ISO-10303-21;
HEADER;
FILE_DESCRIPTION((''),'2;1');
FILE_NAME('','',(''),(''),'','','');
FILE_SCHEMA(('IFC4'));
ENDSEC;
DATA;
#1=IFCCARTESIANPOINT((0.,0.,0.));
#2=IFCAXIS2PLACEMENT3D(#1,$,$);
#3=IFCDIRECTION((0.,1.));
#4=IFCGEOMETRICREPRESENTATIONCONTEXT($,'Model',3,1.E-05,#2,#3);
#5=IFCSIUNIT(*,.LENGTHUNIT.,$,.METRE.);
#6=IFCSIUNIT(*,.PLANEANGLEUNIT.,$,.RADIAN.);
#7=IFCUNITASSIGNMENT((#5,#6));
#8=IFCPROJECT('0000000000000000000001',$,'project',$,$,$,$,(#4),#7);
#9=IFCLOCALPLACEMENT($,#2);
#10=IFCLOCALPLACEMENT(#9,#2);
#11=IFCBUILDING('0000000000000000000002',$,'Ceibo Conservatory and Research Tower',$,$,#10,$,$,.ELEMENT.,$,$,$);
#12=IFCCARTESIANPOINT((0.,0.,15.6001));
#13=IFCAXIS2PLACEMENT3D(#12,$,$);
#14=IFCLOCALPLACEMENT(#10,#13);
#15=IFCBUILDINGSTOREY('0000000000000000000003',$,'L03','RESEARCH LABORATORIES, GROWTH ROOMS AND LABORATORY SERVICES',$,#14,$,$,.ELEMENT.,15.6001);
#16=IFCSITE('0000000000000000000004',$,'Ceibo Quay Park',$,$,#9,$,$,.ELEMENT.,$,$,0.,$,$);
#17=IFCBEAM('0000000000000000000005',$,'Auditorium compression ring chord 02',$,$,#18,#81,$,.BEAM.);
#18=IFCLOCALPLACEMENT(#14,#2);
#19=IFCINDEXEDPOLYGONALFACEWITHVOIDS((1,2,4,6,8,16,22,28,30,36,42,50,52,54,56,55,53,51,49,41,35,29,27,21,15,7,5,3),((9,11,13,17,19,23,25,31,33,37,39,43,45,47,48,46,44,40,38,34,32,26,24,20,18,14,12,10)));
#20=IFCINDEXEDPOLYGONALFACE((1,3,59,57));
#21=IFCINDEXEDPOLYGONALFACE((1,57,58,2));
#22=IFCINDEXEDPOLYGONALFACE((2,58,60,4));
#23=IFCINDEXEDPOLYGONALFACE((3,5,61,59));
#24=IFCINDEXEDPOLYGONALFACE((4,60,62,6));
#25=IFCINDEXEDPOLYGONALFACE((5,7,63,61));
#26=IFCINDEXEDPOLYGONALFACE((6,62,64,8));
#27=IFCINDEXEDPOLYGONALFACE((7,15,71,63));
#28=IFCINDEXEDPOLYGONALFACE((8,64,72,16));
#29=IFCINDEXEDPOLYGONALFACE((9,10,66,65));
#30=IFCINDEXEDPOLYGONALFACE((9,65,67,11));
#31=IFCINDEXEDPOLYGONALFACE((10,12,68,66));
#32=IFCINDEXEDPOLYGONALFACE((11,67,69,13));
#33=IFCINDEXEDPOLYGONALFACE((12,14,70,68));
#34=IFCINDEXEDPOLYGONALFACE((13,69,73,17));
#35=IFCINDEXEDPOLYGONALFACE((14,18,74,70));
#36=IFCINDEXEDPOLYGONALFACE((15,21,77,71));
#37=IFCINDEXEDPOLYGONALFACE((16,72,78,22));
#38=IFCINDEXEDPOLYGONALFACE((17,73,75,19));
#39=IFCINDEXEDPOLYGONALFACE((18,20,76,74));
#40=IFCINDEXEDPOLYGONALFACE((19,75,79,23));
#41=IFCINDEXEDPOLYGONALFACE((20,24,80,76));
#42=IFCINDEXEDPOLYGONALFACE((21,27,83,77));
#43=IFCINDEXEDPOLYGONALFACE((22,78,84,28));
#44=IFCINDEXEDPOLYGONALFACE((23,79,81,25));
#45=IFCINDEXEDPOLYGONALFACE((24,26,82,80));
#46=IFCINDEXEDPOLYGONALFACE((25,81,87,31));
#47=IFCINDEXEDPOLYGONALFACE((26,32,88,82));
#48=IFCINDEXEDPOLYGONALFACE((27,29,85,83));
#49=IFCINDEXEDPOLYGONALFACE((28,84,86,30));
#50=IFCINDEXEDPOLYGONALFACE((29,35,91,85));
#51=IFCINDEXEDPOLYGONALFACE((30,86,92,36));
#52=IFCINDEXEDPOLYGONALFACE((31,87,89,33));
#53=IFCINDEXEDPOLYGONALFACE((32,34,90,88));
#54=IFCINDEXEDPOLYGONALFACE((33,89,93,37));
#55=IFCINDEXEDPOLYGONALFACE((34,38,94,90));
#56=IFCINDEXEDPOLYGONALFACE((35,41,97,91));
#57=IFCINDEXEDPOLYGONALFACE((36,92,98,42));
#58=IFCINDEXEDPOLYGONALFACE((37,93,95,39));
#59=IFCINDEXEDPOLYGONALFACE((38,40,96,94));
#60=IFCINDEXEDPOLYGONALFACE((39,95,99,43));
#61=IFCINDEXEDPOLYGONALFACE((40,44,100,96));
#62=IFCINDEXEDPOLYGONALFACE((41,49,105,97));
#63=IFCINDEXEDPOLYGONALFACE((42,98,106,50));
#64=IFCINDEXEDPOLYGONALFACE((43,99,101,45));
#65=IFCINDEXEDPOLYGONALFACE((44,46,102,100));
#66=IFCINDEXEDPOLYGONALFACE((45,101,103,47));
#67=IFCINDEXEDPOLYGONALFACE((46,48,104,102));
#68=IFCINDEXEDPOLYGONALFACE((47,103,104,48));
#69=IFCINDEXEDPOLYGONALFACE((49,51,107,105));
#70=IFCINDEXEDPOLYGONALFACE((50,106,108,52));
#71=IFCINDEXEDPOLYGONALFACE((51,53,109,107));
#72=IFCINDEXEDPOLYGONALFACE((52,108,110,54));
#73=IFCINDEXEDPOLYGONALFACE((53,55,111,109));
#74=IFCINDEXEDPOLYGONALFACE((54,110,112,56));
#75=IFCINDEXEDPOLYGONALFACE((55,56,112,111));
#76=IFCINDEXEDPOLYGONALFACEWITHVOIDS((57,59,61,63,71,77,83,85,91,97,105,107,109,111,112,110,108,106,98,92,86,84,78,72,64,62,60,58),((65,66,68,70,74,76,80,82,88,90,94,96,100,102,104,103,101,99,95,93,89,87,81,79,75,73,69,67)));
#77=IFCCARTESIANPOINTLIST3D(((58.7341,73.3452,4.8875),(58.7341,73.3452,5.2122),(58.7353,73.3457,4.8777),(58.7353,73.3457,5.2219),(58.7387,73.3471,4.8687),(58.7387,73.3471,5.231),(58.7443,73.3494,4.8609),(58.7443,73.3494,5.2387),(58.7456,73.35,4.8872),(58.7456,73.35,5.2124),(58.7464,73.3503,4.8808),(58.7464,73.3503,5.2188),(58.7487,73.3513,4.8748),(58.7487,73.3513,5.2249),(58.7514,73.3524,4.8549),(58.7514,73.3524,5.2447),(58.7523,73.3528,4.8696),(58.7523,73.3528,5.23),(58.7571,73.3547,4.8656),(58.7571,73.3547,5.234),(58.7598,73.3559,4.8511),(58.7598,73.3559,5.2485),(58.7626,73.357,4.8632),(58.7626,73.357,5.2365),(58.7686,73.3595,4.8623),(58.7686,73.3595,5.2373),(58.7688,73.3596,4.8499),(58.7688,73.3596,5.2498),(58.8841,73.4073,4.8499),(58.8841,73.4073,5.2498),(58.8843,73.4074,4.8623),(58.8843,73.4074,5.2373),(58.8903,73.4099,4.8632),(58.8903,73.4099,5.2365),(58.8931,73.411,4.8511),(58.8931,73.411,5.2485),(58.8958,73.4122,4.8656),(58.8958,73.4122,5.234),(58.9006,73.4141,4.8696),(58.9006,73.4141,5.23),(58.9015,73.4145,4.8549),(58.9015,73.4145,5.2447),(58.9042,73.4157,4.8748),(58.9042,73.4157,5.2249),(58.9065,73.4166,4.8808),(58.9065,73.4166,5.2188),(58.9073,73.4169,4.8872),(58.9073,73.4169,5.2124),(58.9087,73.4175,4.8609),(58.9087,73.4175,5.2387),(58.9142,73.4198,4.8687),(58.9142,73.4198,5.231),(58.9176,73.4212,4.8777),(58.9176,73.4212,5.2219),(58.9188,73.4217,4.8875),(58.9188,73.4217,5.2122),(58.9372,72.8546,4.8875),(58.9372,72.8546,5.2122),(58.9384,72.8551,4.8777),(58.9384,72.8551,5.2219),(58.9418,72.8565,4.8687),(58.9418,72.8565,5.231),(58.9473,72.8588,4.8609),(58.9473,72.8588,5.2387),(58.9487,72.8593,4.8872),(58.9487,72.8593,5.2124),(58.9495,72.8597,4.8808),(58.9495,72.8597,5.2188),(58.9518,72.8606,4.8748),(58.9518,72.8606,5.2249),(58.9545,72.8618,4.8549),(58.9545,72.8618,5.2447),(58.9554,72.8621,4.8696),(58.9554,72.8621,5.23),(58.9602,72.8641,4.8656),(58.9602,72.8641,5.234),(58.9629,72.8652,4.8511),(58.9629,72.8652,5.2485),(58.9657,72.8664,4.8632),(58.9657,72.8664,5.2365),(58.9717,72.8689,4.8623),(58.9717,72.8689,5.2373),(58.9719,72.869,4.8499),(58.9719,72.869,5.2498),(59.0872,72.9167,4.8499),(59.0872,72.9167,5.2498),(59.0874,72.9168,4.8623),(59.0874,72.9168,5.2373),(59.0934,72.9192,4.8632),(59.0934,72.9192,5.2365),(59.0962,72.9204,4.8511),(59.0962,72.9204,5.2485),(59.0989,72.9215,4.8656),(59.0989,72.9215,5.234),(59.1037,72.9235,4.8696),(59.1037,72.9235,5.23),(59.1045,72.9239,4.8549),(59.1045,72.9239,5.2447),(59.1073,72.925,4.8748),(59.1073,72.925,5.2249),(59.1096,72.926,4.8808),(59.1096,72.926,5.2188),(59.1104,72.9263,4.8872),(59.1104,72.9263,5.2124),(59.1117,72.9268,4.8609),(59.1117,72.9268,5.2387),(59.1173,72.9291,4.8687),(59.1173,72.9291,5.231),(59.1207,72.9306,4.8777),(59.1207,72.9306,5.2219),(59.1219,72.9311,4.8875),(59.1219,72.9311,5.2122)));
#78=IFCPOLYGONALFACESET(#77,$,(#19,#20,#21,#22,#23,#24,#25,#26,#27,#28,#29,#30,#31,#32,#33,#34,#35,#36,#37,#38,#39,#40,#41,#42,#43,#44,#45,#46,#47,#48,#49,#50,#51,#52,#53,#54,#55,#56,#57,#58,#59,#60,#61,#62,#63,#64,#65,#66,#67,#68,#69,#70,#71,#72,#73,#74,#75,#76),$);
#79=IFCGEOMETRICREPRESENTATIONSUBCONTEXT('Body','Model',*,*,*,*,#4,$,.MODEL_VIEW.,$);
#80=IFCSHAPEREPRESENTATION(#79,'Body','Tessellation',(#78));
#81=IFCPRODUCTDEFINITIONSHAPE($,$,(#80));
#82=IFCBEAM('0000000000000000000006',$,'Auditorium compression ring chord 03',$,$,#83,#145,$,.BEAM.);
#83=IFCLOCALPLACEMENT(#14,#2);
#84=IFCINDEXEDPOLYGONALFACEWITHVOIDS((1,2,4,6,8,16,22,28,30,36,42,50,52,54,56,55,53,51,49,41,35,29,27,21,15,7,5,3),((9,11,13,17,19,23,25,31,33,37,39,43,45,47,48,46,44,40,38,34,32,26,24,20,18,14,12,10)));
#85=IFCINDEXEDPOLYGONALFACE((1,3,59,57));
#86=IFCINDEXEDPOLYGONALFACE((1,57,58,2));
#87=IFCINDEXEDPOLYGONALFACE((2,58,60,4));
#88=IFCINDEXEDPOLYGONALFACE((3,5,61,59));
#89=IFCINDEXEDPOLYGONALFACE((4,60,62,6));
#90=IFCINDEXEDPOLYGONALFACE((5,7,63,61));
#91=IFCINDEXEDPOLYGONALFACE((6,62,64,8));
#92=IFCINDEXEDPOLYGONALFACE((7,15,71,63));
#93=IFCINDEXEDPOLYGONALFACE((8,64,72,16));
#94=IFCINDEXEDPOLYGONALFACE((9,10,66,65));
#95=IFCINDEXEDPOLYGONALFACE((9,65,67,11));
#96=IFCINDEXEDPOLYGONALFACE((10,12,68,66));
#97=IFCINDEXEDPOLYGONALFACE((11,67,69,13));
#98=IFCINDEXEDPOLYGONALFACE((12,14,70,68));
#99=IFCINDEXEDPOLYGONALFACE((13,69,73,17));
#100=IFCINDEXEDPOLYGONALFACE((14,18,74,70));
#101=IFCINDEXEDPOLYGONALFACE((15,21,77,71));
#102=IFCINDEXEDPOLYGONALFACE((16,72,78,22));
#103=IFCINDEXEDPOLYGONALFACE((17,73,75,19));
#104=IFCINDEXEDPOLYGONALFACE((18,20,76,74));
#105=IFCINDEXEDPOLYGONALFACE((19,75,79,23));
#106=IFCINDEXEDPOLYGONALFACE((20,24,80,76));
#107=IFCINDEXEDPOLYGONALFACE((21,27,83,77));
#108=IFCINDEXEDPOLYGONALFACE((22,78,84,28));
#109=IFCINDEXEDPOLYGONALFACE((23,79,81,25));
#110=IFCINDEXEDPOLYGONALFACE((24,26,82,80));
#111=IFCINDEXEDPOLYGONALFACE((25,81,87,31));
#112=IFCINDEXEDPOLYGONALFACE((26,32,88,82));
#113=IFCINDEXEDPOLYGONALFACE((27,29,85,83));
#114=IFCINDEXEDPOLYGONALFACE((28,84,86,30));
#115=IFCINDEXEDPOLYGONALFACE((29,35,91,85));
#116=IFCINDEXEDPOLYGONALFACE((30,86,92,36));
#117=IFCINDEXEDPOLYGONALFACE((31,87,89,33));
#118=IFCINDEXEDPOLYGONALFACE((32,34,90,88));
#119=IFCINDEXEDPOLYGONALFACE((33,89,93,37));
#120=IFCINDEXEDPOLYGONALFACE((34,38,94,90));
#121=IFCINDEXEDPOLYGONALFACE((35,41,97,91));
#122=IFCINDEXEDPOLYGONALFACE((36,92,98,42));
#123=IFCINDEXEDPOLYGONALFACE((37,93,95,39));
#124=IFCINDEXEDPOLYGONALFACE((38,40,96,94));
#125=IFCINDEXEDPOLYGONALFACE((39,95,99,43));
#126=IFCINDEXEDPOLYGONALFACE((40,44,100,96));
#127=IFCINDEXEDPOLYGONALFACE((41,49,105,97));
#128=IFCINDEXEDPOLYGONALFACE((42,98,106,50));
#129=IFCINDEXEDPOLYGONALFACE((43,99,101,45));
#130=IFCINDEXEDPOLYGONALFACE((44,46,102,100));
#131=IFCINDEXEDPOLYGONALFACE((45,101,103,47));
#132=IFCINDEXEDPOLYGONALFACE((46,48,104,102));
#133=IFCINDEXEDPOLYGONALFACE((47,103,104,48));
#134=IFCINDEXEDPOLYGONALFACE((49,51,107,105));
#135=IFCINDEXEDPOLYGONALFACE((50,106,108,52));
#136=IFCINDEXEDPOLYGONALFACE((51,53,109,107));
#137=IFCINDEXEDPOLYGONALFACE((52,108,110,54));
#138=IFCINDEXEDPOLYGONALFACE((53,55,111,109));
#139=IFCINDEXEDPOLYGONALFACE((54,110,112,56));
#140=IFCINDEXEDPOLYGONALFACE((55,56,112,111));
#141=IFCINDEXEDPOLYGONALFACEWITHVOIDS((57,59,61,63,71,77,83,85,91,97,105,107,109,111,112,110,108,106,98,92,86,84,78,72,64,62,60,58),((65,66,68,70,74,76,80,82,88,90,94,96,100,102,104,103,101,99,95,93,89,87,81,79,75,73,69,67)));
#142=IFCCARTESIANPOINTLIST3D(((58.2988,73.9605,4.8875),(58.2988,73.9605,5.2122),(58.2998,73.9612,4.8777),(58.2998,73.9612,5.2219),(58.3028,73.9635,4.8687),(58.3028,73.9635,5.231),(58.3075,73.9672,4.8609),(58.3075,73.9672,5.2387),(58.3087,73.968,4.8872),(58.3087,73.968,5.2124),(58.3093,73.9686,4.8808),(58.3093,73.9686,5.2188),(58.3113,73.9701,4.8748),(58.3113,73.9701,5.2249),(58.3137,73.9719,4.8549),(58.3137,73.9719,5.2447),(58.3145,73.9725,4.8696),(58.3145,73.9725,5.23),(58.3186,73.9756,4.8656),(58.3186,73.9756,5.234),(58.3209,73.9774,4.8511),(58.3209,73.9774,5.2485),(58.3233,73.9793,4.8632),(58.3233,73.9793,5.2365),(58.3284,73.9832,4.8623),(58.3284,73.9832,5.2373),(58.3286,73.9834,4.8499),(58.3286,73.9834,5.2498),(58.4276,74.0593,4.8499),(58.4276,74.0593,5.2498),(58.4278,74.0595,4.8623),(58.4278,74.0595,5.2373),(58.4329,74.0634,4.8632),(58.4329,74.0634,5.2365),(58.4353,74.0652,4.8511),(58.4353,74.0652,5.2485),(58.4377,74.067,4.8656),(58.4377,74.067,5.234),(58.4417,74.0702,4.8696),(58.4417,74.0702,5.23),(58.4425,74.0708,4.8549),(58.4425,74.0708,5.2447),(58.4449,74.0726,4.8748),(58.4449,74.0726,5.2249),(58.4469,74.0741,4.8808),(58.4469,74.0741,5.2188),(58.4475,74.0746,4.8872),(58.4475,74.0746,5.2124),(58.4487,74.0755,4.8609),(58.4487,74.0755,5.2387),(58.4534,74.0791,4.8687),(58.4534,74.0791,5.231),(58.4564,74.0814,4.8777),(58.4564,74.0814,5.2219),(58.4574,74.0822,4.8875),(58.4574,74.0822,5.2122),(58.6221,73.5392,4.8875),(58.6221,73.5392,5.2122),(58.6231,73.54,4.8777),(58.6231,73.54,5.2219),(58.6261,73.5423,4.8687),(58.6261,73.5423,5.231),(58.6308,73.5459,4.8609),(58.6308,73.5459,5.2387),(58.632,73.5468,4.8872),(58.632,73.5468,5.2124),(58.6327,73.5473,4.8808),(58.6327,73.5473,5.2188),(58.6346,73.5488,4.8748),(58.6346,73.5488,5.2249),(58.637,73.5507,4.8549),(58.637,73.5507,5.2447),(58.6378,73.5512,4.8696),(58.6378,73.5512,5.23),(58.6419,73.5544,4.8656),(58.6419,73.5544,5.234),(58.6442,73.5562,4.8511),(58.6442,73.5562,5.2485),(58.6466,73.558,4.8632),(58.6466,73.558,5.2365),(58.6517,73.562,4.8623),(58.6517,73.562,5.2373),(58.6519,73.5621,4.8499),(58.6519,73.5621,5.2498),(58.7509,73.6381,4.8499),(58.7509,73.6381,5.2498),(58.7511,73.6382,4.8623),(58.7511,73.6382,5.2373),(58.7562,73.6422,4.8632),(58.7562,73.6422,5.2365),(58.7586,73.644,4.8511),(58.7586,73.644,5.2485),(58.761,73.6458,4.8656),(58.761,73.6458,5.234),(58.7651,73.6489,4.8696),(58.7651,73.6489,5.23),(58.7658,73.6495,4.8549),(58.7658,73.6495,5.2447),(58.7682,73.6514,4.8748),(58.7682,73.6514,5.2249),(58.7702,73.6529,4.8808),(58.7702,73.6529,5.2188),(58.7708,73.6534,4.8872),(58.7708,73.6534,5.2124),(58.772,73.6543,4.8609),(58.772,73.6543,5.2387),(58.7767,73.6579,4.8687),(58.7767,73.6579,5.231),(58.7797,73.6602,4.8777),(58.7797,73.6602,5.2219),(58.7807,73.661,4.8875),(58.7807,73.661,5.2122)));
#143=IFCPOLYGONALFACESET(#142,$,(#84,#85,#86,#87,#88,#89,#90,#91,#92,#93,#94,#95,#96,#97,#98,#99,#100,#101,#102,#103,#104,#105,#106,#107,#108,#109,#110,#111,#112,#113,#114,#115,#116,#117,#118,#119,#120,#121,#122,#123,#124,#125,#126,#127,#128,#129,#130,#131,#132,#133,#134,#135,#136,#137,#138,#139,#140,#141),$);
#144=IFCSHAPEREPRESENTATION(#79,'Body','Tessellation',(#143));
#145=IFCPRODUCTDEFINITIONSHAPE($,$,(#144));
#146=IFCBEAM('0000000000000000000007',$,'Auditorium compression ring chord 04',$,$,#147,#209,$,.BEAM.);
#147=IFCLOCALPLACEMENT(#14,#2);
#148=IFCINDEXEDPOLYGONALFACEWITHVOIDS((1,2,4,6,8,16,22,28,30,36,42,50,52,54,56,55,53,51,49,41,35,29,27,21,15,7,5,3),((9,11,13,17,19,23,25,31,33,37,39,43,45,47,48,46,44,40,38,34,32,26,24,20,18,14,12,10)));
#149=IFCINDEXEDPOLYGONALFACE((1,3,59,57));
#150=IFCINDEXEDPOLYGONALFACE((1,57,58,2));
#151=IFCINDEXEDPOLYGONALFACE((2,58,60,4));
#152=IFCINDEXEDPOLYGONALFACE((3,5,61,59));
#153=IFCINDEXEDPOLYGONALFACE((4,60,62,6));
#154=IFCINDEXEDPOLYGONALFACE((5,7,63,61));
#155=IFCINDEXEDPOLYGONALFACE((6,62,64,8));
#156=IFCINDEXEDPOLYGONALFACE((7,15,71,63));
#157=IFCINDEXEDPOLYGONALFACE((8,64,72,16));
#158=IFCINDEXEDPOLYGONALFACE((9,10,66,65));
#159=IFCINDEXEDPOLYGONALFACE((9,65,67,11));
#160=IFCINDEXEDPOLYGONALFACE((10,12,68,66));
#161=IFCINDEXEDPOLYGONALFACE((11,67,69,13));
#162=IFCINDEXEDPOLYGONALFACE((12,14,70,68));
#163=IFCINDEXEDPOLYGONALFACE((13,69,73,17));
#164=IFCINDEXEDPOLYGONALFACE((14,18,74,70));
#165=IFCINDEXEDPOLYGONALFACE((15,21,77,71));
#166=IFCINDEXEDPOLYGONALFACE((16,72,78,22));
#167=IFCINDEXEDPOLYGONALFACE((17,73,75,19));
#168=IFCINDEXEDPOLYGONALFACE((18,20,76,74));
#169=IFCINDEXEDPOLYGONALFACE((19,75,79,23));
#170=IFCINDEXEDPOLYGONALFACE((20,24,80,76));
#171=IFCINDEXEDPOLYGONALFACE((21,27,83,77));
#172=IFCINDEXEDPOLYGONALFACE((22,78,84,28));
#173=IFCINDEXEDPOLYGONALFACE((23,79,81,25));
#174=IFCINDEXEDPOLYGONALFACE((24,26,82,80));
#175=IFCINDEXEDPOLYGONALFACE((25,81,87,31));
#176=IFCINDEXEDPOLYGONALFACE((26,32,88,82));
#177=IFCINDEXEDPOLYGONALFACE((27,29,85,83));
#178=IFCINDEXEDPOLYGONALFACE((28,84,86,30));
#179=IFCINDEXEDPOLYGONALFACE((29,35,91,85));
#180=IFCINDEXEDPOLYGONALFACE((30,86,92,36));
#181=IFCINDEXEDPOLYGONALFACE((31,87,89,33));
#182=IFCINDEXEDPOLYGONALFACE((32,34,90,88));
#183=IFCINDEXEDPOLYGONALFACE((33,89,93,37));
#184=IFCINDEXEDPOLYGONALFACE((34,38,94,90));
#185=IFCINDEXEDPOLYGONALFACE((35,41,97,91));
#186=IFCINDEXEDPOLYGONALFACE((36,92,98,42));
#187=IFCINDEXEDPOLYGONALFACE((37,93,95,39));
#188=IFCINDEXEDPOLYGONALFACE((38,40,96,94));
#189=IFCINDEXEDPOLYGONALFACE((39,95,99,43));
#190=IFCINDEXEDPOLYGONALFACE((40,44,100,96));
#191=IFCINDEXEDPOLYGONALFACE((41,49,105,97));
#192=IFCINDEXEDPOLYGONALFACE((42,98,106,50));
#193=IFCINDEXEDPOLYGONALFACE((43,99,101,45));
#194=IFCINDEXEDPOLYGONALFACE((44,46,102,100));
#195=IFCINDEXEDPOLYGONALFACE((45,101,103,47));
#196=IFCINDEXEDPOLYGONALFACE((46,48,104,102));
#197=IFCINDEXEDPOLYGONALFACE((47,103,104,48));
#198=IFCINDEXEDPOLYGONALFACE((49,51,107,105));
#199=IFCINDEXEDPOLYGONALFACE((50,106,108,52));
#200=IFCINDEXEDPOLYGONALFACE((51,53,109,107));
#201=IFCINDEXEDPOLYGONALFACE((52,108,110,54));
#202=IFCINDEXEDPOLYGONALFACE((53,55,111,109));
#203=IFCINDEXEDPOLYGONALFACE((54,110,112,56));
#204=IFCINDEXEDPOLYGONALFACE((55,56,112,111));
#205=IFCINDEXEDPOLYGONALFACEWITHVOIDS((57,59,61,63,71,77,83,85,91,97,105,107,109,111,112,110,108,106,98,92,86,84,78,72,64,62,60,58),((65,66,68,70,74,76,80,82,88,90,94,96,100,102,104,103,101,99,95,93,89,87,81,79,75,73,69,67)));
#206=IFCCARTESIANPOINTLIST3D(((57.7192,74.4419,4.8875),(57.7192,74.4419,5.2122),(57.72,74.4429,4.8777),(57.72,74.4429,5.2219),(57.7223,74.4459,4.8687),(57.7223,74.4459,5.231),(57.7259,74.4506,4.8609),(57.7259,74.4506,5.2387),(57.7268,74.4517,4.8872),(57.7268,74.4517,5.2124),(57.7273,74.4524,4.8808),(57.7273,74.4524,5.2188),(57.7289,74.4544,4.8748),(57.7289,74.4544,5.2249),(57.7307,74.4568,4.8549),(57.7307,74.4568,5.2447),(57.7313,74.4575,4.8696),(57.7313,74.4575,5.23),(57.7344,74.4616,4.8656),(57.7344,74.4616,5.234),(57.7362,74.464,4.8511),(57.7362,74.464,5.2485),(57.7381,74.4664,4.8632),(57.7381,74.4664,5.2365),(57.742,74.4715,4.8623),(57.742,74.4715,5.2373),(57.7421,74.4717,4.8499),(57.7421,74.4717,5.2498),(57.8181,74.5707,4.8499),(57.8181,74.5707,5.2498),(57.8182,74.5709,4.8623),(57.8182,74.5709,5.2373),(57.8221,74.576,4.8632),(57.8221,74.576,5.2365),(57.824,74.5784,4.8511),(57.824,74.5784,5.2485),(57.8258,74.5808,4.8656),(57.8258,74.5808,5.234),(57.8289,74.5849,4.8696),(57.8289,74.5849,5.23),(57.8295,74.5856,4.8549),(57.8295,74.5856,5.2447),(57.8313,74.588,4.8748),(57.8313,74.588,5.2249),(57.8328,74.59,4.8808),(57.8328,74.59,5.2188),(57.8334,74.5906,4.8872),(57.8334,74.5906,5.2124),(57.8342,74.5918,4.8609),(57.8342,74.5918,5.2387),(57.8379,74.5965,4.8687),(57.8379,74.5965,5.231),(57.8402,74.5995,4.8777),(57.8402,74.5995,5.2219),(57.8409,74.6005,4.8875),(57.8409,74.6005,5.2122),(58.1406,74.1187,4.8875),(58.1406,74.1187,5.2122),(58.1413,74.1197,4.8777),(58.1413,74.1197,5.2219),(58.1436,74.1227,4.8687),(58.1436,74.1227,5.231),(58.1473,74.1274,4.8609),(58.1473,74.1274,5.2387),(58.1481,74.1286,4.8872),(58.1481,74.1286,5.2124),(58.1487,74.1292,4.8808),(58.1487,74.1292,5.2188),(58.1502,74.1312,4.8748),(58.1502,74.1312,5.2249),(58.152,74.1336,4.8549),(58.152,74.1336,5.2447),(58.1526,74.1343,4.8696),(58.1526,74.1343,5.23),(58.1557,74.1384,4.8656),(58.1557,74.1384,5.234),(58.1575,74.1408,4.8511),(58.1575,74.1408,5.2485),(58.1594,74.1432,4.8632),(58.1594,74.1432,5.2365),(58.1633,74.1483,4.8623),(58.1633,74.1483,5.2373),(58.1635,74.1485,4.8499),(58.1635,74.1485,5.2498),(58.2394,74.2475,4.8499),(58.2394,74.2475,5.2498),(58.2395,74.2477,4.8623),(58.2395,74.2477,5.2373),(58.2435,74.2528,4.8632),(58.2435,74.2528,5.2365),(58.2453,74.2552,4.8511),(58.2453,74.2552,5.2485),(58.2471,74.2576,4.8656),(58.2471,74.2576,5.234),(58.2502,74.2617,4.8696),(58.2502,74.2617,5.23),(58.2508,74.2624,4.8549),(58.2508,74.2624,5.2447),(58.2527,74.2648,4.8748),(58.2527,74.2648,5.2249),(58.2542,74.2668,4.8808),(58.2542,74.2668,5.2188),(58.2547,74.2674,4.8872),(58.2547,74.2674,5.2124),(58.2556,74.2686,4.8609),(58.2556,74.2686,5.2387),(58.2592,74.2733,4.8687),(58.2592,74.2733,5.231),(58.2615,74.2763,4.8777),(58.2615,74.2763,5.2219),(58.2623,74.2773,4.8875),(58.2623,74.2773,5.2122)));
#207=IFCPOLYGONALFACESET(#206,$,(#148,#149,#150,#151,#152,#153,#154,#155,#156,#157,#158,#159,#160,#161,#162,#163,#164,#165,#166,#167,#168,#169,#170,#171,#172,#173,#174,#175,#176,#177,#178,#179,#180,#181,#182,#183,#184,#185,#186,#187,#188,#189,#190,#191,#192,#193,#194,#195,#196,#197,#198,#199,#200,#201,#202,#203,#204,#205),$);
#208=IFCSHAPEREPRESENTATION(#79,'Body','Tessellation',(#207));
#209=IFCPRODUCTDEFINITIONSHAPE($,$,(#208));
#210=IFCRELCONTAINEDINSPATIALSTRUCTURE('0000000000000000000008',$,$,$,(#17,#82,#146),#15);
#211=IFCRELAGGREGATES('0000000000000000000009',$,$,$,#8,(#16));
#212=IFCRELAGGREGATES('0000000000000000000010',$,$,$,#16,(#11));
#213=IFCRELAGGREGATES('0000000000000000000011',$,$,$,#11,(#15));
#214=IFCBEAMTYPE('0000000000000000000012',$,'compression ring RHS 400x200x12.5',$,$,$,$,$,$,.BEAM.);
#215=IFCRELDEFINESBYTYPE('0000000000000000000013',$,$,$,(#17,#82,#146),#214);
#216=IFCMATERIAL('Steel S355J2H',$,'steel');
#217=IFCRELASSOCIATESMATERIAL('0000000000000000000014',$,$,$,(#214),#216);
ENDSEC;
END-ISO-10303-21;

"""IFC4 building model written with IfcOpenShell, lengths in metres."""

from ifc_helpers import new_model, si_unit, direction, frame, origin, origin_2d, place, context, subcontext, project, spatial, hollow_rectangle, extrude, material, material_profile, profile_set, type_object, element, save


model = new_model("IFC4")

# Units and contexts
model_context = context("Model", 3, precision=1e-05, world=origin(), true_north=direction((0.0, 1.0)))
body_context = subcontext(model_context, "Body", "Model", "MODEL_VIEW")
ifc_project = project(units=[si_unit("LENGTHUNIT", "METRE"), si_unit("PLANEANGLEUNIT", "RADIAN")], contexts=[model_context])

# Site, building, storey
site_placement = place(None, origin())
site = spatial("IfcSite", under=ifc_project, at=site_placement, Name="Ceibo Quay Park", CompositionType="ELEMENT", RefElevation=0.0)
building_placement = place(site_placement, origin())
building = spatial("IfcBuilding", under=site, at=building_placement, Name="Ceibo Conservatory and Research Tower", CompositionType="ELEMENT")
storey_placement = place(building_placement, frame((0.0, 0.0, 15.6001)))
storey = spatial("IfcBuildingStorey", under=building, at=storey_placement, Name="L03", Description="RESEARCH LABORATORIES, GROWTH ROOMS AND LABORATORY SERVICES", CompositionType="ELEMENT", Elevation=15.6001)

# Beams
ifc_material_1 = material(Name="Steel S355J2H", Category="steel")
ifc_material_profile_1 = material_profile(ifc_material_1, hollow_rectangle(XDim=0.2, YDim=0.3999, WallThickness=0.0125, InnerFilletRadius=0.0249, OuterFilletRadius=0.0376, at=origin_2d()), Name="RHS 400x200x12.5")
ifc_profile_set_1 = profile_set([ifc_material_profile_1], Name="Steel S355J2H")
beam_type_1 = type_object("IfcBeamType", Name="compression ring RHS 400x200x12.5", PredefinedType="BEAM", material=ifc_profile_set_1)
for number, where, z_axis, x_axis, name in (
    (1, (59.0295, 72.8928, 5.0498), (-0.38246, 0.923972, 0.0), (-0.923972, -0.38246, 0.0), "Auditorium compression ring chord 02"),
    (2, (58.7014, 73.6001, 5.0498), (-0.608866, 0.793273, 0.0), (-0.793273, -0.608866, 0.0), "Auditorium compression ring chord 03"),
    (3, (58.2014, 74.198, 5.0498), (-0.793444, 0.608644, 0.0), (-0.608644, -0.793444, 0.0), "Auditorium compression ring chord 04"),
):
    element("IfcBeam", number, at=place(storey_placement, frame(where, z_axis=z_axis, x_axis=x_axis)), inside=storey, type_object=beam_type_1, Name=name, PredefinedType="BEAM", context=body_context, shape_type="SweptSolid", body=[
        extrude(hollow_rectangle(XDim=0.2, YDim=0.3999, WallThickness=0.0125, InnerFilletRadius=0.0249, OuterFilletRadius=0.0376, at=origin_2d()), origin(), (0.0, 0.0, 1.0), 0.531),
    ])

save(model, "model.ifc")
